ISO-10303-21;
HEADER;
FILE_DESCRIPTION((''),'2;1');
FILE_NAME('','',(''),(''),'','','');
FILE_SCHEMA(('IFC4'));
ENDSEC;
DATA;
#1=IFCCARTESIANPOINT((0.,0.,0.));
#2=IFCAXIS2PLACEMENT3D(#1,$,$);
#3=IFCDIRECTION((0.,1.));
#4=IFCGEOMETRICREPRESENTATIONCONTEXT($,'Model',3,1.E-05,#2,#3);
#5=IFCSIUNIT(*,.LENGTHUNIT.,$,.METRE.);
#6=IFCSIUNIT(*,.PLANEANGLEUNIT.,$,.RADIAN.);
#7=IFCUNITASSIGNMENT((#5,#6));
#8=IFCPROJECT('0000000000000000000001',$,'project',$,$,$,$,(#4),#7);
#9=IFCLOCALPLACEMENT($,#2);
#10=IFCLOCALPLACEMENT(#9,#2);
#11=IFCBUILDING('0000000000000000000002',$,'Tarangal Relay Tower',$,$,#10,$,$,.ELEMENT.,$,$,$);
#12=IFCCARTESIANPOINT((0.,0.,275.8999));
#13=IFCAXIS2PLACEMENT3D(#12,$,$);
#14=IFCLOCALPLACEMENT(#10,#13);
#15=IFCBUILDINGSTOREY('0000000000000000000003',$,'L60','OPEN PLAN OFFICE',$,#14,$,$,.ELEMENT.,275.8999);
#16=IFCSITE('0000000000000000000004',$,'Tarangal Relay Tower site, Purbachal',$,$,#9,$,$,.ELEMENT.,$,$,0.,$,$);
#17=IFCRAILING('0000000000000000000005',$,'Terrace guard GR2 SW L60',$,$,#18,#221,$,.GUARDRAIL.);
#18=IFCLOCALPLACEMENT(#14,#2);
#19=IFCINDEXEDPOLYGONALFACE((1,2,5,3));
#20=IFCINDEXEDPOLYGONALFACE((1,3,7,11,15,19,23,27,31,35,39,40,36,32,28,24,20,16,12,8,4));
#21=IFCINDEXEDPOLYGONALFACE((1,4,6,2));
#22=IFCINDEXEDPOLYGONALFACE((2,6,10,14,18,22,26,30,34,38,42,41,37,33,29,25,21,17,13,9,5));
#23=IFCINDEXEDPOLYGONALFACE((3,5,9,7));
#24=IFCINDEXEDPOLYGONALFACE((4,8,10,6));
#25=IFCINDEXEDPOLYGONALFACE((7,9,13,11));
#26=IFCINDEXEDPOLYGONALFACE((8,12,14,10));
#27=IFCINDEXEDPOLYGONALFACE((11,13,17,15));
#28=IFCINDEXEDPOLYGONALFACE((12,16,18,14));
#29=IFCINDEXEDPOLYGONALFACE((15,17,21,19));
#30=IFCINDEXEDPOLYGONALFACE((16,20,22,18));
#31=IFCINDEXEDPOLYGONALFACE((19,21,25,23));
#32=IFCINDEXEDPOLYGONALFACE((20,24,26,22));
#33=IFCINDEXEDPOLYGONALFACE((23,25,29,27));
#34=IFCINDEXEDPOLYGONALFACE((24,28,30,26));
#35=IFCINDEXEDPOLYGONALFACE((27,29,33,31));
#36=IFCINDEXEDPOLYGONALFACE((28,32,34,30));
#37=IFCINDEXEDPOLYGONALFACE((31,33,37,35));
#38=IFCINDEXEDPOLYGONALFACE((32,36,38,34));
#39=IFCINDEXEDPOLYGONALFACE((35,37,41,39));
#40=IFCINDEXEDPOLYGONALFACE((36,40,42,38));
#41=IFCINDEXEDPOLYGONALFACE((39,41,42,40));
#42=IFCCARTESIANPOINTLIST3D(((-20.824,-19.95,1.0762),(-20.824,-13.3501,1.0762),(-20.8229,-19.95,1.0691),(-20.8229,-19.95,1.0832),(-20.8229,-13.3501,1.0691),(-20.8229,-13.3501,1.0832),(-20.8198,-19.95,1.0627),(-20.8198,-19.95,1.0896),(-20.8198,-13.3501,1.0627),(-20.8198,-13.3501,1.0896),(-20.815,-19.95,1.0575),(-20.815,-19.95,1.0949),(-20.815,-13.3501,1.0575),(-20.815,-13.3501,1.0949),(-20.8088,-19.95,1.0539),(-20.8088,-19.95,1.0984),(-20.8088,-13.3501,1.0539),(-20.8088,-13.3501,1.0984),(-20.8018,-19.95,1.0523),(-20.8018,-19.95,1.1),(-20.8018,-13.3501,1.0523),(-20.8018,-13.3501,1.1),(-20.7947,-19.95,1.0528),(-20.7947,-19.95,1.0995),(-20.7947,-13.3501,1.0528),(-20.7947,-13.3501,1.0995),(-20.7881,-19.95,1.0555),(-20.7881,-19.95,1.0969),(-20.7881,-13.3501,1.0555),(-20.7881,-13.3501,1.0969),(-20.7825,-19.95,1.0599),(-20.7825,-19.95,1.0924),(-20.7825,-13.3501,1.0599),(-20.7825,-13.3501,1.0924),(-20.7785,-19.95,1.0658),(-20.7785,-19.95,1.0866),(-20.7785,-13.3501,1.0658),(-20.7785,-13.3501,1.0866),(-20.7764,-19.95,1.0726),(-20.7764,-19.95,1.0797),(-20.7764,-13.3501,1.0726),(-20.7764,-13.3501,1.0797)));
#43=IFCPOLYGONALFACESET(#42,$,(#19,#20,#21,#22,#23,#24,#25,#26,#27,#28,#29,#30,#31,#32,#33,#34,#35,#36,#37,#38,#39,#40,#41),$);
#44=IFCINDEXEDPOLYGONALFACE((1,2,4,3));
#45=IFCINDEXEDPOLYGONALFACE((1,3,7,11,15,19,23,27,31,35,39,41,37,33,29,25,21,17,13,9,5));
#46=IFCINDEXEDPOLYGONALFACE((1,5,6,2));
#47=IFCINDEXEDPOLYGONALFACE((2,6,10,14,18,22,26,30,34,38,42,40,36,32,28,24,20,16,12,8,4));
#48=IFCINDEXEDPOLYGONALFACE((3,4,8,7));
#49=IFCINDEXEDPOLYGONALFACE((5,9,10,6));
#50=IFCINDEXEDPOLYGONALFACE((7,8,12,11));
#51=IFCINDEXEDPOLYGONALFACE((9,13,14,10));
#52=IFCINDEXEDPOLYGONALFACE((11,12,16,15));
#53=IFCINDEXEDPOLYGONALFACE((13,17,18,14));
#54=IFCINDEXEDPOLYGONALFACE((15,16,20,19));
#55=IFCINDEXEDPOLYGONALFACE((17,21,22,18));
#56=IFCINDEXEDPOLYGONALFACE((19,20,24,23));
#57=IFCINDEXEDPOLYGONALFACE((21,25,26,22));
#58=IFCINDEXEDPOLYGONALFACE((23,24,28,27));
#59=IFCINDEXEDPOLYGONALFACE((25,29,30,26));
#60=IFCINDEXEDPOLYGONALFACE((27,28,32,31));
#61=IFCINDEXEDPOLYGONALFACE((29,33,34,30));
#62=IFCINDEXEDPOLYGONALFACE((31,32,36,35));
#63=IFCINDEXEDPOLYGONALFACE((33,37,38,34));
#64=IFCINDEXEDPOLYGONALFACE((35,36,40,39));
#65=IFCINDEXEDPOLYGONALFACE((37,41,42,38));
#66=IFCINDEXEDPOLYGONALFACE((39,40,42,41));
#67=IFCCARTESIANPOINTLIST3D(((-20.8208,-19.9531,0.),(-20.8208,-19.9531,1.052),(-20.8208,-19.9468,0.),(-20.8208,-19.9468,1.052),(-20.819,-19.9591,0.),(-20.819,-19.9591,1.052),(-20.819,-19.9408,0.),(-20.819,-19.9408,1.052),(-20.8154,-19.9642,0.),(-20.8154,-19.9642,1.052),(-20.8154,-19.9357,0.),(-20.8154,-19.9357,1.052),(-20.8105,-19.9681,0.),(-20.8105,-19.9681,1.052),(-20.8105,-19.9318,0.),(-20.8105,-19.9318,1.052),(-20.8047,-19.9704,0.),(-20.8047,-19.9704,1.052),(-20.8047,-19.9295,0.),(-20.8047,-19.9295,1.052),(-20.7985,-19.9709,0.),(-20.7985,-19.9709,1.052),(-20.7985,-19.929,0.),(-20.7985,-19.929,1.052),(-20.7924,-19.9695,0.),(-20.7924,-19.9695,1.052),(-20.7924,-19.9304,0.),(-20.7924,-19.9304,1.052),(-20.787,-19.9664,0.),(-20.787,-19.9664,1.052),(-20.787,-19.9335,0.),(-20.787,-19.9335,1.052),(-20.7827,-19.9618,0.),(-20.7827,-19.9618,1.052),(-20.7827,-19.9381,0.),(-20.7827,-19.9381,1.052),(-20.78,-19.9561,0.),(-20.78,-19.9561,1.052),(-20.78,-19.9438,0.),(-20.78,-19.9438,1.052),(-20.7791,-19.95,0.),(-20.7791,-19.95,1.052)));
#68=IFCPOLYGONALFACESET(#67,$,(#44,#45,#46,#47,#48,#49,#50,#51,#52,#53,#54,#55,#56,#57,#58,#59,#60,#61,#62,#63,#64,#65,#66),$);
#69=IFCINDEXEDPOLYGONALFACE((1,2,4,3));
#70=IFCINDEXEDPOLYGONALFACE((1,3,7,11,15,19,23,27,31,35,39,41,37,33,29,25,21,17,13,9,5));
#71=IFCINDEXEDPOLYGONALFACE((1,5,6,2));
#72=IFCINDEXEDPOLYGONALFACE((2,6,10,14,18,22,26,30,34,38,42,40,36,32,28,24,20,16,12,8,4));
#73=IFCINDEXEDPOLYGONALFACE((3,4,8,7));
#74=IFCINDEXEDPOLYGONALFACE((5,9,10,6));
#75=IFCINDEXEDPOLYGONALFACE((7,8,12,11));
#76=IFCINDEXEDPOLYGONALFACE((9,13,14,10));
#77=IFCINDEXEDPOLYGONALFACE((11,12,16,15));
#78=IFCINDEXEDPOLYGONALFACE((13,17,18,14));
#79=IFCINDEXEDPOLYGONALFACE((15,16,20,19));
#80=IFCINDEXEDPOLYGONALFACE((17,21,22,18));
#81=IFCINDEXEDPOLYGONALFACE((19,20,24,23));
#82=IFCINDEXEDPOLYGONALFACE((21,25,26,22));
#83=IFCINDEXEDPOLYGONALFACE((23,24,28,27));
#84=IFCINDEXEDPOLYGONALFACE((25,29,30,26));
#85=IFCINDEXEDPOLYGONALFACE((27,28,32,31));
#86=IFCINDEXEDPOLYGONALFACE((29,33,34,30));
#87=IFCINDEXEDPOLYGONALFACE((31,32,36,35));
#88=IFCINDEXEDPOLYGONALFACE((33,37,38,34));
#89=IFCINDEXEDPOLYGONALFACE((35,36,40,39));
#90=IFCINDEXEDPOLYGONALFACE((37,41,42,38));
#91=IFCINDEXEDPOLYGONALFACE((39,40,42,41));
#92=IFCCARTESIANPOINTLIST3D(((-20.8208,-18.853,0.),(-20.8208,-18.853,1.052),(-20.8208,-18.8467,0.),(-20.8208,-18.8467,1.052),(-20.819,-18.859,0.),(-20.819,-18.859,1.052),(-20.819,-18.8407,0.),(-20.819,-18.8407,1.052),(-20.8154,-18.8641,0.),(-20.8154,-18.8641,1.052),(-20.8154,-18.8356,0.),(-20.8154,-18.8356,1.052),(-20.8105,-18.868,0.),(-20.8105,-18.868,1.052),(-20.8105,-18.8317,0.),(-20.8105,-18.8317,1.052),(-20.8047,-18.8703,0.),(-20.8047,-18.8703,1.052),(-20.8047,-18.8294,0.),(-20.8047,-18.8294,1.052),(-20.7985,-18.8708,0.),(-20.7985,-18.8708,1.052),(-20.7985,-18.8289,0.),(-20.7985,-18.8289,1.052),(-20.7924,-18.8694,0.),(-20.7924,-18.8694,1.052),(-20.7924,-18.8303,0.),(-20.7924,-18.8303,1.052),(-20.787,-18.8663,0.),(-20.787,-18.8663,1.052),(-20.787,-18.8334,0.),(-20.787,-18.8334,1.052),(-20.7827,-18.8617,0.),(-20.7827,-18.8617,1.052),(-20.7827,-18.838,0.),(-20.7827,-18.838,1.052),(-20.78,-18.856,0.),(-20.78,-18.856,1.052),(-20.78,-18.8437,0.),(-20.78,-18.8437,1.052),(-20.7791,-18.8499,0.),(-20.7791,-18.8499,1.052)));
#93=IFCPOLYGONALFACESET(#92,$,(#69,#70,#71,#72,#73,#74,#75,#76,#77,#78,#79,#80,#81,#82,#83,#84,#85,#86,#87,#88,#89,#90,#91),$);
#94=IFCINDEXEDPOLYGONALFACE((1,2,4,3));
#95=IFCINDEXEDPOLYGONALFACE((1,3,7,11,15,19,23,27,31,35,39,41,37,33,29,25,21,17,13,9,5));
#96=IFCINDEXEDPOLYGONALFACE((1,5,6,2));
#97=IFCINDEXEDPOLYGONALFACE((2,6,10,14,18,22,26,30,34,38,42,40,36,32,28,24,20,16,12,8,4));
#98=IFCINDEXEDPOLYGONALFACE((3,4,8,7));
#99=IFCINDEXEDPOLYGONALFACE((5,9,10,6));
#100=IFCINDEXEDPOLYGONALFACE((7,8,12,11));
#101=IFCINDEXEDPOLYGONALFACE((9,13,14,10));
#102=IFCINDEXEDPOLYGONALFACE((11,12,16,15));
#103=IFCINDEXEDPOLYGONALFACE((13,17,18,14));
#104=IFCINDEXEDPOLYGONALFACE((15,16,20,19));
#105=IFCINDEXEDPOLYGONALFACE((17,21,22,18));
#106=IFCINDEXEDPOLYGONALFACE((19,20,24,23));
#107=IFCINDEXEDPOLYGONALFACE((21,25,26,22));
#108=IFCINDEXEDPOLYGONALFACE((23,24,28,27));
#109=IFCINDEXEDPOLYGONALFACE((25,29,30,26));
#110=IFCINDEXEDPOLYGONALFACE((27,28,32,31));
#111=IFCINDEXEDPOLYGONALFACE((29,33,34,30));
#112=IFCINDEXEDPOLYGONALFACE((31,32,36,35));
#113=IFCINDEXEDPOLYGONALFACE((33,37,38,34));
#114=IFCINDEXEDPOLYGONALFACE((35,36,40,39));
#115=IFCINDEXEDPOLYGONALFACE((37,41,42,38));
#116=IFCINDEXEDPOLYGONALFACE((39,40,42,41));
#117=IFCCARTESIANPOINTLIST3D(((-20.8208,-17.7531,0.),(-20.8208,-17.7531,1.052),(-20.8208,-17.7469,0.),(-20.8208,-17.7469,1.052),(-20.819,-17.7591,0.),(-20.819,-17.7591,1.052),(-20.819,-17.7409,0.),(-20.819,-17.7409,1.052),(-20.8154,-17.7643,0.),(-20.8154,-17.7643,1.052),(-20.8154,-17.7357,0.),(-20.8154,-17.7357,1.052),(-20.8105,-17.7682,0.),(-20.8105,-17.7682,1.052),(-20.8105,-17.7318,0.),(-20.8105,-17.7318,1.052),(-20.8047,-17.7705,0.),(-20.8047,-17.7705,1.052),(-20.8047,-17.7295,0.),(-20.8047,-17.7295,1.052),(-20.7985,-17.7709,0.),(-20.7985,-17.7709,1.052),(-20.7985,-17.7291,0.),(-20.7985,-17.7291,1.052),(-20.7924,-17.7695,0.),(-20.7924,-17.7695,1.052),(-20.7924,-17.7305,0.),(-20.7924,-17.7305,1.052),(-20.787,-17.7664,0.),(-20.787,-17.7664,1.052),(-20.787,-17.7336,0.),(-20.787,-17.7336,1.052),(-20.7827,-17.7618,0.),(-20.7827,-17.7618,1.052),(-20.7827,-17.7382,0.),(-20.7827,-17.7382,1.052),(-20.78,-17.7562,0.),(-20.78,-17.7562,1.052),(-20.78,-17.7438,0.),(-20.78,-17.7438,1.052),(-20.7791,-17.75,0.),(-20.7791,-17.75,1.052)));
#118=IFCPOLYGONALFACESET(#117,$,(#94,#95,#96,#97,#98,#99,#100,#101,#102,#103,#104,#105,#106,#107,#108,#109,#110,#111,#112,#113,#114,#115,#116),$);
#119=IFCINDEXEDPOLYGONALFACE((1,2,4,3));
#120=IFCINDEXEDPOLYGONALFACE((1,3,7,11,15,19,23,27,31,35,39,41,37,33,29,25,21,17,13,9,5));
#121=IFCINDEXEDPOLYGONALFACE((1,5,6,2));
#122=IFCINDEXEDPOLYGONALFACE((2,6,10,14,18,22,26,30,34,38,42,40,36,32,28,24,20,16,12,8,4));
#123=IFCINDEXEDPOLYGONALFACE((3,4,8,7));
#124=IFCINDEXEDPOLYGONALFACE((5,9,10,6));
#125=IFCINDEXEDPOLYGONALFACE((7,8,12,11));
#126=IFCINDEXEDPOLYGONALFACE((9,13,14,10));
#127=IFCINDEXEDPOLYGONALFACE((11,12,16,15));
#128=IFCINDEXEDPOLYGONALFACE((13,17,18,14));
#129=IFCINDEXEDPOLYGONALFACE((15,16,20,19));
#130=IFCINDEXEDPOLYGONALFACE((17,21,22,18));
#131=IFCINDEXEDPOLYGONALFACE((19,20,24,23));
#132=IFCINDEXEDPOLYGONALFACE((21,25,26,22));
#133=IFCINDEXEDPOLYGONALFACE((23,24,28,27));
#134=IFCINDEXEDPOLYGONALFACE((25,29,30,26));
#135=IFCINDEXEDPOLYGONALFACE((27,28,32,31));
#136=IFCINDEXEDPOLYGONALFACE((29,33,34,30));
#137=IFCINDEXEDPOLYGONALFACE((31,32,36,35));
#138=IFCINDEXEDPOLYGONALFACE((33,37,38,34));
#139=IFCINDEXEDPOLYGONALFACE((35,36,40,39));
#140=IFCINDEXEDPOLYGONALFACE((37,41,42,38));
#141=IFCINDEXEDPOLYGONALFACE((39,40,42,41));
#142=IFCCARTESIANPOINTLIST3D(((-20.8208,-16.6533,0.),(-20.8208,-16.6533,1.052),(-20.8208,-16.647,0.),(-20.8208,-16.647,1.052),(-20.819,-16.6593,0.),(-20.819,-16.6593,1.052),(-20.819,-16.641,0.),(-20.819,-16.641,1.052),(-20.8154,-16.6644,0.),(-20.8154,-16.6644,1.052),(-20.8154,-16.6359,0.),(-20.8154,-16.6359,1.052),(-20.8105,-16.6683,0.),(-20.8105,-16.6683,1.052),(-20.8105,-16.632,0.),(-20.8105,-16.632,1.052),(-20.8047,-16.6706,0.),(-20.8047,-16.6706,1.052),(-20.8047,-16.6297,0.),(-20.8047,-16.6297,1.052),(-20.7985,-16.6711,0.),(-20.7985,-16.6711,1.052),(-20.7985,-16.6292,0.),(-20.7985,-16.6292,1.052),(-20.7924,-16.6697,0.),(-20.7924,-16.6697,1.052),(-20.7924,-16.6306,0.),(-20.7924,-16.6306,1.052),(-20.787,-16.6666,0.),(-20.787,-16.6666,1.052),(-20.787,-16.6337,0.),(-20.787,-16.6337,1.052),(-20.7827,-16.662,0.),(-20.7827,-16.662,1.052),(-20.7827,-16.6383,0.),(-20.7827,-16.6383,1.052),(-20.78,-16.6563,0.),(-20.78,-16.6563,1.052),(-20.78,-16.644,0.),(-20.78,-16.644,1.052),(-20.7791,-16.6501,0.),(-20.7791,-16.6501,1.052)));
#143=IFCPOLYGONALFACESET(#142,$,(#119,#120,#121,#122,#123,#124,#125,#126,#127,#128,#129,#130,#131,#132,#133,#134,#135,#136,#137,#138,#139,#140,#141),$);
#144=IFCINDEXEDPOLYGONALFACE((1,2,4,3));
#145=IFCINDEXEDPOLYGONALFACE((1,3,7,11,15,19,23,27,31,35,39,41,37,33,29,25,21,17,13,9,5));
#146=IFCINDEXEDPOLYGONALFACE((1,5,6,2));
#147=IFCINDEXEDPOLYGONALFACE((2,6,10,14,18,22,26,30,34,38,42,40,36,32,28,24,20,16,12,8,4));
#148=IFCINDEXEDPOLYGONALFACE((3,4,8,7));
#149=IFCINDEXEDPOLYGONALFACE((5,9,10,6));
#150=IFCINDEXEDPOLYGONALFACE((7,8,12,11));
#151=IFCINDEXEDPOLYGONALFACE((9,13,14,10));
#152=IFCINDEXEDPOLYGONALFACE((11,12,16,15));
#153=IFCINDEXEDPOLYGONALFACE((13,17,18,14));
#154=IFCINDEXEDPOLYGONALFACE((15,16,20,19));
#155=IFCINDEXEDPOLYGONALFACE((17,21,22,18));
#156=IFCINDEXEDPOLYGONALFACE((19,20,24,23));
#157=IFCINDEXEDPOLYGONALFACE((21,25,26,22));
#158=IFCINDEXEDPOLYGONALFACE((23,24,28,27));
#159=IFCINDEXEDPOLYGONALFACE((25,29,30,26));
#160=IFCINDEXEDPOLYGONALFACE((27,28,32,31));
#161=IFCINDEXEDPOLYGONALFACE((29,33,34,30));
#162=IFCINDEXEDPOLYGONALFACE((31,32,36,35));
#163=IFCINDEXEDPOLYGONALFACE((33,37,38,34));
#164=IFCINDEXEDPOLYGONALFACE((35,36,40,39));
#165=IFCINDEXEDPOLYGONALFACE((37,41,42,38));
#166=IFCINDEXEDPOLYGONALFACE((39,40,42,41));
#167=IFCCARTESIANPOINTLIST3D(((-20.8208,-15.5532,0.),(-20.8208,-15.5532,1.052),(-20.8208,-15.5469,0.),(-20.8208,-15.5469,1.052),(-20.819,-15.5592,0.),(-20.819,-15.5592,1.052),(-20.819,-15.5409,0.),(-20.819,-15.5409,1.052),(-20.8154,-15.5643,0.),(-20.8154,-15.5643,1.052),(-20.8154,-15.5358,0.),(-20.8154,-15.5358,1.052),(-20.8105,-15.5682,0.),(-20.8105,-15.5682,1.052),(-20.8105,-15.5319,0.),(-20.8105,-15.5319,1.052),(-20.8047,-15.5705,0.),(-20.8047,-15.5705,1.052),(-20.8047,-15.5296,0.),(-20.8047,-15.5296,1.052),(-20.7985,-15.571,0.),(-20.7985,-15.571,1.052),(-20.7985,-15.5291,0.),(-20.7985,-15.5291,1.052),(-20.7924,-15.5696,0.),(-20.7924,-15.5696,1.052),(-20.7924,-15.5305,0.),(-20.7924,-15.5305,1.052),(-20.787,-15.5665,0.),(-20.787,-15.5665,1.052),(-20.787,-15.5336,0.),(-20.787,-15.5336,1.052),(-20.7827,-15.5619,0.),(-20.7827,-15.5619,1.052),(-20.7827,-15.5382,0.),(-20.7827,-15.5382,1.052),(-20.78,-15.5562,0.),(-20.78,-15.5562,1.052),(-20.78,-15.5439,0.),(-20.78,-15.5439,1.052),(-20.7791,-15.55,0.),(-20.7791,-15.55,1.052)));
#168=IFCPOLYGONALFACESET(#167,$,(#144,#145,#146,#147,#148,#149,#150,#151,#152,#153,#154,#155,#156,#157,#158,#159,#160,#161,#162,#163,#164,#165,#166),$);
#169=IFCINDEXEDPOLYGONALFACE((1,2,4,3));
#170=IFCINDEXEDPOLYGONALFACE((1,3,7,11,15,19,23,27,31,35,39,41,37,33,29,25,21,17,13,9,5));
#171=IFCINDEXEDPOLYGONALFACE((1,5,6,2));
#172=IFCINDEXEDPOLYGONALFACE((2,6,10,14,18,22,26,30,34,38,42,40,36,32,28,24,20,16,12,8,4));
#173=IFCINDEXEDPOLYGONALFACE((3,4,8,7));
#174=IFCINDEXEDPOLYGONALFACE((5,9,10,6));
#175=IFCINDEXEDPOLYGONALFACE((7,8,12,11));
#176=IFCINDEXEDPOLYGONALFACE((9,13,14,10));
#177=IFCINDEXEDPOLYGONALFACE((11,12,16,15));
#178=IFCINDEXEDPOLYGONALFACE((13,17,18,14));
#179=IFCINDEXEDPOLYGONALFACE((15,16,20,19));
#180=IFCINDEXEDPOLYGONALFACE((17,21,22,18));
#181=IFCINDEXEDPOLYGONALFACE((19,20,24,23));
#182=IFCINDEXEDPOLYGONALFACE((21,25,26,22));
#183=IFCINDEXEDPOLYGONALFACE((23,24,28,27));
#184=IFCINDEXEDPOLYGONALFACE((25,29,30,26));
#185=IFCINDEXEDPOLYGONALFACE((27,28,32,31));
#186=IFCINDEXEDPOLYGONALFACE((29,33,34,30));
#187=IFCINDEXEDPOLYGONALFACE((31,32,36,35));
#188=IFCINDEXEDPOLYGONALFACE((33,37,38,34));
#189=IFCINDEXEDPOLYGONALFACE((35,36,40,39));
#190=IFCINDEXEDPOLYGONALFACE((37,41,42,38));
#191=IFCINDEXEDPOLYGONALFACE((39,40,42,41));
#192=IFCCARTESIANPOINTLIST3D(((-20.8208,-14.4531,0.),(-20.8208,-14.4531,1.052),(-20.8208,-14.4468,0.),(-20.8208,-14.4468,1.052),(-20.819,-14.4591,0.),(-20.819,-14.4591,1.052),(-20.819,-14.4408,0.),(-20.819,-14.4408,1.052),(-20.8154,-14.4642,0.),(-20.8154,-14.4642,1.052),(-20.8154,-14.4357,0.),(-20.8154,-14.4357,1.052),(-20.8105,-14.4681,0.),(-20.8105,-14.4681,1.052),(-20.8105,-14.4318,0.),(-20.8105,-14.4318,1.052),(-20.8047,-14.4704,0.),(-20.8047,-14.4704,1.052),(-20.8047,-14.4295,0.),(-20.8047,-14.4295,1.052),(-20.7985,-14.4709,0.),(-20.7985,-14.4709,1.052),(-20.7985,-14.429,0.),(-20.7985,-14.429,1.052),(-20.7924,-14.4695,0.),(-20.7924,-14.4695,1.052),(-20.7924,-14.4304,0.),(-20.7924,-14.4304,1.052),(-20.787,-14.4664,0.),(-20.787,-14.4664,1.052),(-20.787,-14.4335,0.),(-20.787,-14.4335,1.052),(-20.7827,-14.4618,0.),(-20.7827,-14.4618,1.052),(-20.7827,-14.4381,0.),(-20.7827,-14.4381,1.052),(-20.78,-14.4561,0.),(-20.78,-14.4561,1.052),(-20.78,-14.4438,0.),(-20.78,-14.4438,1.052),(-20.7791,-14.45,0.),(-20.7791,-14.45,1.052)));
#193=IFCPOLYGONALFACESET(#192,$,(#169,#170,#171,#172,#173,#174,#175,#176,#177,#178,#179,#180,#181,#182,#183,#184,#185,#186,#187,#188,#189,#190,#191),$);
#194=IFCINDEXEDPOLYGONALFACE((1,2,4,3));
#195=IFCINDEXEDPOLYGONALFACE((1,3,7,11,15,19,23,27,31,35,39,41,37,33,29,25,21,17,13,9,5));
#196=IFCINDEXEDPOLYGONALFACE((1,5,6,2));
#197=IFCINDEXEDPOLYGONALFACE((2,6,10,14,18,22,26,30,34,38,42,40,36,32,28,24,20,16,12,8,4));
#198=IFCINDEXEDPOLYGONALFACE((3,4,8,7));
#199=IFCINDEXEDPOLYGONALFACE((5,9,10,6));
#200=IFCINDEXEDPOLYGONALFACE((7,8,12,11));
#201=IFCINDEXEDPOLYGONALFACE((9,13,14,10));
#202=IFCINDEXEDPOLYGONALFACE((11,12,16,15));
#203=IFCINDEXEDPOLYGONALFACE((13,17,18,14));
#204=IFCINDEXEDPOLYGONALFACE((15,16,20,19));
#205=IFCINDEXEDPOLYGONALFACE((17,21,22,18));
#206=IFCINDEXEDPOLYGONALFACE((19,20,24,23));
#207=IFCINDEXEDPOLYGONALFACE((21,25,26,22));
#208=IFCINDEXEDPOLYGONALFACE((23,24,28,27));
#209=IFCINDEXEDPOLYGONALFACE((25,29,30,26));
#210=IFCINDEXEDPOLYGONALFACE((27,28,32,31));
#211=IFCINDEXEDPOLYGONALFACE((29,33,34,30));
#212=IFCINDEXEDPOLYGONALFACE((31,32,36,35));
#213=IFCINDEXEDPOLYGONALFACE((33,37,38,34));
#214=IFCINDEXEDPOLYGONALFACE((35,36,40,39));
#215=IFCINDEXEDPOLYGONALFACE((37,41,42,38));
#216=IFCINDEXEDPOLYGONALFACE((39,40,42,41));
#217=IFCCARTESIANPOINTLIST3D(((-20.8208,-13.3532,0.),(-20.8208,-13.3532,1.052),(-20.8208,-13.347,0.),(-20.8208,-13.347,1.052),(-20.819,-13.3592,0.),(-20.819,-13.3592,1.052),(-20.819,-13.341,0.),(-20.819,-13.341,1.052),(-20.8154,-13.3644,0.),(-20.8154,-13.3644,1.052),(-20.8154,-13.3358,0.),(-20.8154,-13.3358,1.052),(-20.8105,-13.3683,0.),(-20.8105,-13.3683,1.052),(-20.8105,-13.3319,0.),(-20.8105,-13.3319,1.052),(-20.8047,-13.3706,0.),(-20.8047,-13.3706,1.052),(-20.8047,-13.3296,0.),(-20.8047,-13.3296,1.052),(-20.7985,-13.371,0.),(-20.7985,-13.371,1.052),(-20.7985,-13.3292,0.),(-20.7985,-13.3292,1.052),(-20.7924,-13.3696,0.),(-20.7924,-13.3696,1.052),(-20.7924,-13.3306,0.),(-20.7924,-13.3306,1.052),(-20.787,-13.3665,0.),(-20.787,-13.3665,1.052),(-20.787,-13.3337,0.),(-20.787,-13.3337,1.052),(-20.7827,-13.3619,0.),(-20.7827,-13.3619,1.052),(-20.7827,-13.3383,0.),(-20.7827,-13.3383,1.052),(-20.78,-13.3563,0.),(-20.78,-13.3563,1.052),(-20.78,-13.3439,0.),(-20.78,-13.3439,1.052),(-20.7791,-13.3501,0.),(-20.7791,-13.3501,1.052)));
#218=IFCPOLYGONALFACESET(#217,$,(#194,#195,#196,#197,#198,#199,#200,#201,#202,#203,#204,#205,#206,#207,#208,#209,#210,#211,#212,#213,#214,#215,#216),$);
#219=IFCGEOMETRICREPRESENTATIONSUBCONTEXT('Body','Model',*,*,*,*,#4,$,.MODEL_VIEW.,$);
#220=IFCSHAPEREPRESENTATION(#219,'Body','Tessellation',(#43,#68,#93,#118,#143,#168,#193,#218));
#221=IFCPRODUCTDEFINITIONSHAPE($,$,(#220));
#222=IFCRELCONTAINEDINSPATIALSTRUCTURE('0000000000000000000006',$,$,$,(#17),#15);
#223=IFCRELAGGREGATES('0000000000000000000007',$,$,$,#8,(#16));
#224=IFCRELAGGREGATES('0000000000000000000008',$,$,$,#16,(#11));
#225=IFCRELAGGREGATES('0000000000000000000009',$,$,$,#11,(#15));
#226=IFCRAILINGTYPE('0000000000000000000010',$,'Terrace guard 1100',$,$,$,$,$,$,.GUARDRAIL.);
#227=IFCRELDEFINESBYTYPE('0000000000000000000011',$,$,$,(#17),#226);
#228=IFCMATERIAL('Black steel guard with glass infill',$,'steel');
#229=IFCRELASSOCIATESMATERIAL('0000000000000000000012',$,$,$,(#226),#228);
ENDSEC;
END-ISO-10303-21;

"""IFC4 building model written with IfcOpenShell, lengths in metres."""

from ifc_helpers import new_model, si_unit, direction, frame, origin, origin_2d, place, context, subcontext, project, spatial, circle, extrude, material, type_object, element, save


model = new_model("IFC4")

# Units and contexts
model_context = context("Model", 3, precision=1e-05, world=origin(), true_north=direction((0.0, 1.0)))
body_context = subcontext(model_context, "Body", "Model", "MODEL_VIEW")
ifc_project = project(units=[si_unit("LENGTHUNIT", "METRE"), si_unit("PLANEANGLEUNIT", "RADIAN")], contexts=[model_context])

# Site, building, storey
site_placement = place(None, origin())
site = spatial("IfcSite", under=ifc_project, at=site_placement, Name="Tarangal Relay Tower site, Purbachal", CompositionType="ELEMENT", RefElevation=0.0)
building_placement = place(site_placement, origin())
building = spatial("IfcBuilding", under=site, at=building_placement, Name="Tarangal Relay Tower", CompositionType="ELEMENT")
storey_placement = place(building_placement, frame((0.0, 0.0, 275.8999)))
storey = spatial("IfcBuildingStorey", under=building, at=storey_placement, Name="L60", Description="OPEN PLAN OFFICE", CompositionType="ELEMENT", Elevation=275.8999)

# Railing
ifc_material_1 = material(Name="Black steel guard with glass infill", Category="steel")
railing_type = type_object("IfcRailingType", Name="Terrace guard 1100", PredefinedType="GUARDRAIL", material=ifc_material_1)
railing_1_placement = place(storey_placement, frame((-20.8, -19.95, 0.0)))
element("IfcRailing", 1, at=railing_1_placement, inside=storey, type_object=railing_type, Name="Terrace guard GR2 SW L60", PredefinedType="GUARDRAIL", context=body_context, shape_type="SweptSolid", body=[
    extrude(circle(Radius=0.0239, at=origin_2d()), frame((0.0, 0.0, 1.0762), z_axis=(0.0, 1.0, 0.0), x_axis=(-1.0, 0.0, 0.0)), (0.0, 0.0, 1.0), 6.5999),
    extrude(circle(Radius=0.021, at=origin_2d()), origin(), (0.0, 0.0, 1.0), 1.052),
    extrude(circle(Radius=0.021, at=origin_2d()), frame((0.0, 1.1001, 0.0)), (0.0, 0.0, 1.0), 1.052),
    extrude(circle(Radius=0.021, at=origin_2d()), frame((0.0, 2.2, 0.0)), (0.0, 0.0, 1.0), 1.052),
    extrude(circle(Radius=0.021, at=origin_2d()), frame((0.0, 3.2998, 0.0)), (0.0, 0.0, 1.0), 1.052),
    extrude(circle(Radius=0.021, at=origin_2d()), frame((0.0, 4.3999, 0.0)), (0.0, 0.0, 1.0), 1.052),
    extrude(circle(Radius=0.021, at=origin_2d()), frame((0.0, 5.5, 0.0)), (0.0, 0.0, 1.0), 1.052),
    extrude(circle(Radius=0.021, at=origin_2d()), frame((0.0, 6.5999, 0.0)), (0.0, 0.0, 1.0), 1.052),
])

save(model, "model.ifc")
